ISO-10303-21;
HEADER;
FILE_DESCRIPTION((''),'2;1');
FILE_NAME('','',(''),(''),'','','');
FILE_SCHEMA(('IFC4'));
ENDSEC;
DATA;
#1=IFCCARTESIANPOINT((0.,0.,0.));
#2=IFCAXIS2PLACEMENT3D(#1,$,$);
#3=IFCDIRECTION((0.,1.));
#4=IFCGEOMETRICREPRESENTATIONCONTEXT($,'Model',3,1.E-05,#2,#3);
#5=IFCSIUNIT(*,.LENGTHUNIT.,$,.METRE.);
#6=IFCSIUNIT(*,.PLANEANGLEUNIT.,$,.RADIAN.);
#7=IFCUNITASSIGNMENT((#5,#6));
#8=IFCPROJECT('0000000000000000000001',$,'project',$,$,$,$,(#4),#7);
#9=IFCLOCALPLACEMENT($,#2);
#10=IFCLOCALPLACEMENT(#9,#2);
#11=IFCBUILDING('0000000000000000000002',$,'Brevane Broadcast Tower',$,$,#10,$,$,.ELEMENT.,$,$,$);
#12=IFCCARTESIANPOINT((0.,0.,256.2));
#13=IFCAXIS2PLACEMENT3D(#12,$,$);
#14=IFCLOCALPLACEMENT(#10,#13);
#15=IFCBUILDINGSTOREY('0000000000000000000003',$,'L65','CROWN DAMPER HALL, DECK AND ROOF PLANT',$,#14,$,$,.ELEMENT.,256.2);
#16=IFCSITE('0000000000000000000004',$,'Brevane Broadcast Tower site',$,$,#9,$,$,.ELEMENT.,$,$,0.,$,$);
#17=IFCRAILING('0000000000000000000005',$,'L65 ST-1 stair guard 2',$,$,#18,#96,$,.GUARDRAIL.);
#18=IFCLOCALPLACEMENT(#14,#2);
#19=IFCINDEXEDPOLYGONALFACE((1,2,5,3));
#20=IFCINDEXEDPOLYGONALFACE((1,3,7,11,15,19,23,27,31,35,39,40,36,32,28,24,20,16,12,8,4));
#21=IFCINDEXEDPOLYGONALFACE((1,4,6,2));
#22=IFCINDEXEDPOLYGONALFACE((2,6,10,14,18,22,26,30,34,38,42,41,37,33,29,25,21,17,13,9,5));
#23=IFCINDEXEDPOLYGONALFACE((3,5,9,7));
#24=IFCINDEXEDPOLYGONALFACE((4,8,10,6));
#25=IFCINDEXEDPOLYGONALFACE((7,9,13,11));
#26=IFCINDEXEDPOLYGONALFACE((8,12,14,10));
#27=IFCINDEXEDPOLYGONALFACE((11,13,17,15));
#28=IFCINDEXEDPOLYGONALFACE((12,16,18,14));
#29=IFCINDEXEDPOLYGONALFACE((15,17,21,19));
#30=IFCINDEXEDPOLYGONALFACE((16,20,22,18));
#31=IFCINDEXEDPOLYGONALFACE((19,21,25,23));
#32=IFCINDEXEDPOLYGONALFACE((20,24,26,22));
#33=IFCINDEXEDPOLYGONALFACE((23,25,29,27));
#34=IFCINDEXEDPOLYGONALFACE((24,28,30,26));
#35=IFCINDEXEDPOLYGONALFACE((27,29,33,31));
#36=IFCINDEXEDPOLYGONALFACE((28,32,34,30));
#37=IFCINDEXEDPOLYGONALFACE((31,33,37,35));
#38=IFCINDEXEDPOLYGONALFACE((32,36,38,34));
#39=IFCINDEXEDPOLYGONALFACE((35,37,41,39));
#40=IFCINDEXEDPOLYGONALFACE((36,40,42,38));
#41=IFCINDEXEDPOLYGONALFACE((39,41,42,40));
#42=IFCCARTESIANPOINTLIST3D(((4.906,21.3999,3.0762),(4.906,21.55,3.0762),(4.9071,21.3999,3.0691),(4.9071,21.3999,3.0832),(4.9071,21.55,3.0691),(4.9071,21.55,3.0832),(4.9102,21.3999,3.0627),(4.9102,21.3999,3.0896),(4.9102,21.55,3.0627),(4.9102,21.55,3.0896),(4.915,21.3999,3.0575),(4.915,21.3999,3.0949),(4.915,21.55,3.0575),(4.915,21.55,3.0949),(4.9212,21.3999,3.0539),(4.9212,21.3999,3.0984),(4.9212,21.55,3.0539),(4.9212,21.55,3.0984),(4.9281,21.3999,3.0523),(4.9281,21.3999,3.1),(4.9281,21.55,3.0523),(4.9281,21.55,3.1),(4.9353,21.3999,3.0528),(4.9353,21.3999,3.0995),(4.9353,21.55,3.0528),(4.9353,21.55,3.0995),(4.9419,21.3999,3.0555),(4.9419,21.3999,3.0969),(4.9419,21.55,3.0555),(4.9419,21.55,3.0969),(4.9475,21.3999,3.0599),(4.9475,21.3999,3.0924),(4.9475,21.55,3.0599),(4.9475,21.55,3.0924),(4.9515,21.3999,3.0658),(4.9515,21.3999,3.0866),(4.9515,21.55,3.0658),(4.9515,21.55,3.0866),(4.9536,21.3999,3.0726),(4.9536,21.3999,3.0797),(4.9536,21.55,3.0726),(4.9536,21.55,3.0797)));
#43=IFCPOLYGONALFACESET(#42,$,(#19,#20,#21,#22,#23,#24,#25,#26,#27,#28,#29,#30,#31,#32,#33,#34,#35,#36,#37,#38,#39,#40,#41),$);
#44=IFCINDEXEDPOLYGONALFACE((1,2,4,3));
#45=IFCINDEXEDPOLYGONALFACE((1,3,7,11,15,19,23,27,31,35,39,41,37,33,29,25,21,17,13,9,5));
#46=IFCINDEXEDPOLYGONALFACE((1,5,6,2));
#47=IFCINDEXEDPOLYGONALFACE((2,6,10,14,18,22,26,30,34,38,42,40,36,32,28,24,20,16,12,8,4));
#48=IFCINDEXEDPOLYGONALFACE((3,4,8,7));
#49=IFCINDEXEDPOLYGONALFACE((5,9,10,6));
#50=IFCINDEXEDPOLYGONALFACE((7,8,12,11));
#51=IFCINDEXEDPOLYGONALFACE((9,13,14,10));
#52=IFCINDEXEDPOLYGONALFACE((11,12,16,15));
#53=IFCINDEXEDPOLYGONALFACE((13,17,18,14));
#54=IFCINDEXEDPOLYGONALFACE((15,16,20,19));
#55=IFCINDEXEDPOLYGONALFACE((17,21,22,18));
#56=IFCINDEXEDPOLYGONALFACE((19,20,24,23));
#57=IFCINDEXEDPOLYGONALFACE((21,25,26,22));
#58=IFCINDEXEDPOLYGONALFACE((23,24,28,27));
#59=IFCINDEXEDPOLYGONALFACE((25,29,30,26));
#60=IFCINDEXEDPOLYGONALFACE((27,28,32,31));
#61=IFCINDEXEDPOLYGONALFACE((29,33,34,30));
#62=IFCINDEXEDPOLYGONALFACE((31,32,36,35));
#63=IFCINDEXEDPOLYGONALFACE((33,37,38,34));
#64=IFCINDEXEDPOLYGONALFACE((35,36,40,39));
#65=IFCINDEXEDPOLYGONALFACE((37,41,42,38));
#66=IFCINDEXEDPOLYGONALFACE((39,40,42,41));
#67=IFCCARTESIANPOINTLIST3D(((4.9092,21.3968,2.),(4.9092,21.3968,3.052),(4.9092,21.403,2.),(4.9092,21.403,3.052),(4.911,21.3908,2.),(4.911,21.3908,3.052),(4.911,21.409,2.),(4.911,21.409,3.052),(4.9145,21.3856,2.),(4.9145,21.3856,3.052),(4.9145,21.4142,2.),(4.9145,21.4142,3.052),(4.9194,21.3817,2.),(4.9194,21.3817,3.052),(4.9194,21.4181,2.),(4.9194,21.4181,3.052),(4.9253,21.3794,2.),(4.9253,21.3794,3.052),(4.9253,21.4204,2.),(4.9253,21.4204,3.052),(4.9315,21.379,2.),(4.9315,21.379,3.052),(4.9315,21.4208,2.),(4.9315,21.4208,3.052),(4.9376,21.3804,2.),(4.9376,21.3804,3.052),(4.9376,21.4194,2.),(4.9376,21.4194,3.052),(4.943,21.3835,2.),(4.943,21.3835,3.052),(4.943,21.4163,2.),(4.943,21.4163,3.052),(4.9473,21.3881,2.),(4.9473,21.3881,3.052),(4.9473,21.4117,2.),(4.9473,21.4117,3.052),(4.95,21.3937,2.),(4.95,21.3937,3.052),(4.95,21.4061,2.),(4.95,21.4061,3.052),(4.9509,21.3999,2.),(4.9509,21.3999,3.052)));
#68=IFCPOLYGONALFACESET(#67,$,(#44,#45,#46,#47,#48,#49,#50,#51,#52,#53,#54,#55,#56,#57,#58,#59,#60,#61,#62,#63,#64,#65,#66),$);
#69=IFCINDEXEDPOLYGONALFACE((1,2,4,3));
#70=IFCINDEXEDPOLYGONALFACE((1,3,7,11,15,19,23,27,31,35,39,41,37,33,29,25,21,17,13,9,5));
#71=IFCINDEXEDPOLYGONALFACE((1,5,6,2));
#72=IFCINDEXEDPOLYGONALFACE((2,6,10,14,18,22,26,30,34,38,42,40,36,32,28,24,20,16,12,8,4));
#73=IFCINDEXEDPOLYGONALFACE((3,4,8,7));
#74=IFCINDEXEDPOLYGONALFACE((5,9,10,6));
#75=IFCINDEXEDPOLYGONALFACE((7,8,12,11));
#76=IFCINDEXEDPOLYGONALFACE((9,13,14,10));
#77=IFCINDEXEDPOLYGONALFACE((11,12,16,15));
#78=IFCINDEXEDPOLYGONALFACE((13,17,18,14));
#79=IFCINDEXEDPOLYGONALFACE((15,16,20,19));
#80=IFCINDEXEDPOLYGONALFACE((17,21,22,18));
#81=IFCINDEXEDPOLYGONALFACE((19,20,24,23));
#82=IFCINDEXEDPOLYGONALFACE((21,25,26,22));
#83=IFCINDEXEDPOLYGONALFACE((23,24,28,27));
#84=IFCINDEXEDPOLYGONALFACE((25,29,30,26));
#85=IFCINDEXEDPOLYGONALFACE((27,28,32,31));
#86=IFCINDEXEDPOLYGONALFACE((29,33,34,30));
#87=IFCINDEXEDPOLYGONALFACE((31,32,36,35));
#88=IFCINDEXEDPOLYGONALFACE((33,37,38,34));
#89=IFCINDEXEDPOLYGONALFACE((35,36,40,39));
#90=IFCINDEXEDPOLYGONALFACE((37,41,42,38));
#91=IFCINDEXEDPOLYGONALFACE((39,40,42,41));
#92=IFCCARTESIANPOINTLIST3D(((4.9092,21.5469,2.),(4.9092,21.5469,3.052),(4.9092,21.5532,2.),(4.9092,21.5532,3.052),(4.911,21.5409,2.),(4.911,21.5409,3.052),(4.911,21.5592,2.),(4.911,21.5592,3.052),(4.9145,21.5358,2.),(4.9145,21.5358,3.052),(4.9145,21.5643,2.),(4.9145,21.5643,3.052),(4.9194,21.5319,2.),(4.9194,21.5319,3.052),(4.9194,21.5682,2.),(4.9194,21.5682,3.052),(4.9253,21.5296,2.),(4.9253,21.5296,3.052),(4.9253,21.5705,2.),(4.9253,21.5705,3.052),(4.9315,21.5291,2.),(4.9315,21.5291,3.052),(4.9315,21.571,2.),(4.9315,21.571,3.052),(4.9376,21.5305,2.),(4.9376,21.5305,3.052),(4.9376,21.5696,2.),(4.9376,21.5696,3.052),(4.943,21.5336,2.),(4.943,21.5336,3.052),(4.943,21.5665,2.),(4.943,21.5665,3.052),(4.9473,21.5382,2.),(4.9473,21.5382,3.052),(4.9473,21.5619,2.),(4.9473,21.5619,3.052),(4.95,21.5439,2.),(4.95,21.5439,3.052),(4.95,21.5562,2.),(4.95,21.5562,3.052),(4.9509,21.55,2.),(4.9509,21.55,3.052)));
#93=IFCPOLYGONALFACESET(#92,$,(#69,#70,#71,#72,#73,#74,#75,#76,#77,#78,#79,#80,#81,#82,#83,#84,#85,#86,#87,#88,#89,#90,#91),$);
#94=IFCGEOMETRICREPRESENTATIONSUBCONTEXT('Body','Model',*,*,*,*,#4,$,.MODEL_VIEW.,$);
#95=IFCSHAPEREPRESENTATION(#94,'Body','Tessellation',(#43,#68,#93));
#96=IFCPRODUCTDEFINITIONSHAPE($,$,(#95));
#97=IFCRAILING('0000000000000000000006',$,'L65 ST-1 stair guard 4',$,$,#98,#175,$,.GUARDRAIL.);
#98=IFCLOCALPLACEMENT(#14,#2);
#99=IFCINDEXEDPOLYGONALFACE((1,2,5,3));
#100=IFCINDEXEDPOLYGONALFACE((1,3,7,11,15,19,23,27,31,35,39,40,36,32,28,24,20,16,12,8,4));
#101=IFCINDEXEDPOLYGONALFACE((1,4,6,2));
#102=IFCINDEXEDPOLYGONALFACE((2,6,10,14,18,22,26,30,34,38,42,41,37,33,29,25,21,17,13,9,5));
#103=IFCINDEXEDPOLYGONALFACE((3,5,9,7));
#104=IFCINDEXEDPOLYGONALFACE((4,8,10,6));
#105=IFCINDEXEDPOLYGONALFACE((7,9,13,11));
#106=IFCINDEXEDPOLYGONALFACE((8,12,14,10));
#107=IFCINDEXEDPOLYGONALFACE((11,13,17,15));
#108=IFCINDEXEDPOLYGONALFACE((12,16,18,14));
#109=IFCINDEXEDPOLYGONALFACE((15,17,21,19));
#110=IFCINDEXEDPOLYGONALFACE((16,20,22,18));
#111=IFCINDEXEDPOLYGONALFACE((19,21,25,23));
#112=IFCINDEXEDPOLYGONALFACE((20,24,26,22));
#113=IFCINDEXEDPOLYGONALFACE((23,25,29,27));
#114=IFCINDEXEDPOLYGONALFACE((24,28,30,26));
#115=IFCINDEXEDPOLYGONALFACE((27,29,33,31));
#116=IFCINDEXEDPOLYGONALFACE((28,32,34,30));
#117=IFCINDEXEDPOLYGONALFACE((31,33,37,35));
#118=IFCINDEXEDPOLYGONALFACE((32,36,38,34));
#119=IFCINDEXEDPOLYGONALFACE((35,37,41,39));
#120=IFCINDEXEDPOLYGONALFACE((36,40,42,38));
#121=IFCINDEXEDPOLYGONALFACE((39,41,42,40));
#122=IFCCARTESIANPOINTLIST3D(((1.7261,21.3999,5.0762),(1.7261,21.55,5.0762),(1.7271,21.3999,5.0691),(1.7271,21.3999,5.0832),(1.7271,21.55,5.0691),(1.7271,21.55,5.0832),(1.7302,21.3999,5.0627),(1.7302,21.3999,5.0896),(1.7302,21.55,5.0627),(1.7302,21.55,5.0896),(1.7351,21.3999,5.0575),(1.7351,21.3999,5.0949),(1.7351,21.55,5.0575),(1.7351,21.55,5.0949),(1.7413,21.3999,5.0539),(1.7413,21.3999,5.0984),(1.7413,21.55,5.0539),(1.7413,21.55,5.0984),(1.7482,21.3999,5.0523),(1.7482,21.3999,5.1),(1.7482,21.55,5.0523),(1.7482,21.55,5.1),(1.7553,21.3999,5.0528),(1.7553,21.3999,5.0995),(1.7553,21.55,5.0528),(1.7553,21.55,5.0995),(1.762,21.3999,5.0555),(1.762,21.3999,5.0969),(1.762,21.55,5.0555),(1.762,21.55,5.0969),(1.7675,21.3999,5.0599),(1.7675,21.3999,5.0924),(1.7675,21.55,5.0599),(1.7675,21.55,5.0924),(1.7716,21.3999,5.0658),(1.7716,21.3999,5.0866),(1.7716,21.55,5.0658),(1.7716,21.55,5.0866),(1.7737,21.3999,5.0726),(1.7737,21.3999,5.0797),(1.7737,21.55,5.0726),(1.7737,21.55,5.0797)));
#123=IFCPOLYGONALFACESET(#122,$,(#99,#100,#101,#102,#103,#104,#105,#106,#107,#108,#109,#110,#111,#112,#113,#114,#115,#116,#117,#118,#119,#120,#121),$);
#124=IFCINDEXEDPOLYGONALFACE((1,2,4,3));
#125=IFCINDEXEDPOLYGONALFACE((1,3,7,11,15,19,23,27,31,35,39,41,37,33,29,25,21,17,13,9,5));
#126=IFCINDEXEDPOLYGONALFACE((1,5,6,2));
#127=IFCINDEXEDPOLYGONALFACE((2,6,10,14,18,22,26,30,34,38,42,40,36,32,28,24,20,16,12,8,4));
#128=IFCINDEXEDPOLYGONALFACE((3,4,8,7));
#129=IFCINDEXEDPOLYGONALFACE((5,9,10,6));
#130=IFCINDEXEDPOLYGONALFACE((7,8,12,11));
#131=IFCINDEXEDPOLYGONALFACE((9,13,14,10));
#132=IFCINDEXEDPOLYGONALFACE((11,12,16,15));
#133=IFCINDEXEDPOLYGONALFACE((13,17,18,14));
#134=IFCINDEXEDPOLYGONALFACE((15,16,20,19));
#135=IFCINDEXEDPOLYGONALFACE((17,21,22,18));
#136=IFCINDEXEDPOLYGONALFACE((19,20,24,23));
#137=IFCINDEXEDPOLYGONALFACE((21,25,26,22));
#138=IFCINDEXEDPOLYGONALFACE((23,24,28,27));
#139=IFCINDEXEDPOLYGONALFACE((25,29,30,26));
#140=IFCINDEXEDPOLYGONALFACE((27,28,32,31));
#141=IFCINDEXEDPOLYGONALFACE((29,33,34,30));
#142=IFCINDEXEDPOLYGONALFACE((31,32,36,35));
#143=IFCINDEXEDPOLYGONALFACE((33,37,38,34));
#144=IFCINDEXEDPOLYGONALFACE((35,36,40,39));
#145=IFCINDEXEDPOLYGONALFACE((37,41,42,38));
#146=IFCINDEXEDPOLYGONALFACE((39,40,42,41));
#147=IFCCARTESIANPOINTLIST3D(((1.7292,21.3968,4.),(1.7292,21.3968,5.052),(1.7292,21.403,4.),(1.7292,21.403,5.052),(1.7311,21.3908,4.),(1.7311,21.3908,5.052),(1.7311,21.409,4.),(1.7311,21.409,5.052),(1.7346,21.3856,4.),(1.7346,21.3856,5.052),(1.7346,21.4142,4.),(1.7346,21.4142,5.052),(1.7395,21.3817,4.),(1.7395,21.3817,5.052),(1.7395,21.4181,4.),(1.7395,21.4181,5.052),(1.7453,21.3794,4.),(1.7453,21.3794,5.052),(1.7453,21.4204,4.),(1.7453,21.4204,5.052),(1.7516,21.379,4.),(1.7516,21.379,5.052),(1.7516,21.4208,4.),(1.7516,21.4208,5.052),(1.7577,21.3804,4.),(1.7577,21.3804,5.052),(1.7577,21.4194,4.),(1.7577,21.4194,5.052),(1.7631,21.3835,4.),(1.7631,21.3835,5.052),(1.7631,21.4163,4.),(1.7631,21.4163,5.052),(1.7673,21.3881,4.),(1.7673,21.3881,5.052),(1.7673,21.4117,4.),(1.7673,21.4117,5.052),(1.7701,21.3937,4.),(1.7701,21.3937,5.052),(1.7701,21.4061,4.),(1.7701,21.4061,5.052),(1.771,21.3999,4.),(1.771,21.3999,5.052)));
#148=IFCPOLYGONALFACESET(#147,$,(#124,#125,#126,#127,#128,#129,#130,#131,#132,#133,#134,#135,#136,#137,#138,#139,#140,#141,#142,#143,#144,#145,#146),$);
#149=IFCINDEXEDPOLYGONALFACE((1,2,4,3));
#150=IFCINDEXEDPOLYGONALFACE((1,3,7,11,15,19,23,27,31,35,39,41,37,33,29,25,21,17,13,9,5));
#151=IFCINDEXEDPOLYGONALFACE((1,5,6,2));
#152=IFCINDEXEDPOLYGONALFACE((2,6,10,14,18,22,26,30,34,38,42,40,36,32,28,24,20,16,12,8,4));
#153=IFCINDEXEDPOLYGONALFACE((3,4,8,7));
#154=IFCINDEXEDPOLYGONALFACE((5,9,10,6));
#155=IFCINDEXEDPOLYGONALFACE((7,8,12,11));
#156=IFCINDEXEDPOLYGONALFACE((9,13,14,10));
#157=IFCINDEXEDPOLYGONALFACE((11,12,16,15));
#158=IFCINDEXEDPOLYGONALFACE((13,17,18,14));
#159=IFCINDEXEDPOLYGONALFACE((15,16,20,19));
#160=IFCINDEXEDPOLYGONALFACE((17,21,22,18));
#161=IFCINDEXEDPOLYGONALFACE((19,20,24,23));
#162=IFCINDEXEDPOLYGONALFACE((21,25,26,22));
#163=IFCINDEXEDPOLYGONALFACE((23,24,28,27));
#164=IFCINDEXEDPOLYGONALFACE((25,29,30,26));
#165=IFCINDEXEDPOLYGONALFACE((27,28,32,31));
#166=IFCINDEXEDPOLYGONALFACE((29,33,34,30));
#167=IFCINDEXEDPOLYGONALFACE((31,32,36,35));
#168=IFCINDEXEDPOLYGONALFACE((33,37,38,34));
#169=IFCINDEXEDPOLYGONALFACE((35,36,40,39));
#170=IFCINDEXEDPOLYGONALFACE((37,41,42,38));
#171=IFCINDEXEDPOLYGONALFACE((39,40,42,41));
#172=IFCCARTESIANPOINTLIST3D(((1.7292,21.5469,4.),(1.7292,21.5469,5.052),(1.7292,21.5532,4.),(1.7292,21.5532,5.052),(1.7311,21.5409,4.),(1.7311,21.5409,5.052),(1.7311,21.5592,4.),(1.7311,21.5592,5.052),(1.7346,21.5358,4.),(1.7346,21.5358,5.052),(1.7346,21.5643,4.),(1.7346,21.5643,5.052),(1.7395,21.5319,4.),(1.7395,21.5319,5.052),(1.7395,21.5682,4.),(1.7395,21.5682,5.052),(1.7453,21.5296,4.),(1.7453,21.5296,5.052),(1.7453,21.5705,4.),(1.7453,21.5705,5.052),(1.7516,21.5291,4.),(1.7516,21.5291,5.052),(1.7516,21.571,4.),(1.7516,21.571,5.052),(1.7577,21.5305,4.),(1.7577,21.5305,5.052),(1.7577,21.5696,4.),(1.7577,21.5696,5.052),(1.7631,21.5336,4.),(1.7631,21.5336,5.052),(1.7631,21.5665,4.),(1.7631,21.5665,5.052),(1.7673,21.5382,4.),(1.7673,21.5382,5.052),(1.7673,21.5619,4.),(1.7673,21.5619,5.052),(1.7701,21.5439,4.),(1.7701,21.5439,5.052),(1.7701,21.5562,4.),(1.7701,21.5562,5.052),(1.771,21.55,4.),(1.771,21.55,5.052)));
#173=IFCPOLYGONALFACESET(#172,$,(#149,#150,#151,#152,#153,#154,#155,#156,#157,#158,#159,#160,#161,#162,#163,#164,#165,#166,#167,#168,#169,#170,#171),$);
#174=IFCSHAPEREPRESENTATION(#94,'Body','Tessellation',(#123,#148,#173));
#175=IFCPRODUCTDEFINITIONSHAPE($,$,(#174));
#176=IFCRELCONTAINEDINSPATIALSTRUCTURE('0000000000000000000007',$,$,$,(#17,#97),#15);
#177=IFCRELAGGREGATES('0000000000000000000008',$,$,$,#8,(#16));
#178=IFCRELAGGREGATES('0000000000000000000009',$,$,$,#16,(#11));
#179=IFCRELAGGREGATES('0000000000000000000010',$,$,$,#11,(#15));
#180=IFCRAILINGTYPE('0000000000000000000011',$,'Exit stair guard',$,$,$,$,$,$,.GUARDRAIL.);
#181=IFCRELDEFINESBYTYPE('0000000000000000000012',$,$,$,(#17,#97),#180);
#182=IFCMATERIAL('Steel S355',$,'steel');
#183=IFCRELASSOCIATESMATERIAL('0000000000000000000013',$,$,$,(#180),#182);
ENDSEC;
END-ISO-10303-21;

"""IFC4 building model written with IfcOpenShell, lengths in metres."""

from ifc_helpers import new_model, si_unit, direction, frame, origin, origin_2d, place, context, subcontext, project, spatial, circle, extrude, material, type_object, element, save


model = new_model("IFC4")

# Units and contexts
model_context = context("Model", 3, precision=1e-05, world=origin(), true_north=direction((0.0, 1.0)))
body_context = subcontext(model_context, "Body", "Model", "MODEL_VIEW")
ifc_project = project(units=[si_unit("LENGTHUNIT", "METRE"), si_unit("PLANEANGLEUNIT", "RADIAN")], contexts=[model_context])

# Site, building, storey
site_placement = place(None, origin())
site = spatial("IfcSite", under=ifc_project, at=site_placement, Name="Brevane Broadcast Tower site", CompositionType="ELEMENT", RefElevation=0.0)
building_placement = place(site_placement, origin())
building = spatial("IfcBuilding", under=site, at=building_placement, Name="Brevane Broadcast Tower", CompositionType="ELEMENT")
storey_placement = place(building_placement, frame((0.0, 0.0, 256.2)))
storey = spatial("IfcBuildingStorey", under=building, at=storey_placement, Name="L65", Description="CROWN DAMPER HALL, DECK AND ROOF PLANT", CompositionType="ELEMENT", Elevation=256.2)

# Railings
ifc_material_1 = material(Name="Steel S355", Category="steel")
railing_type_1 = type_object("IfcRailingType", Name="Exit stair guard", PredefinedType="GUARDRAIL", material=ifc_material_1)
for number, where, name in (
    (1, (4.9299, 21.3999, 2.0), "L65 ST-1 stair guard 2"),
    (2, (1.75, 21.3999, 4.0), "L65 ST-1 stair guard 4"),
):
    element("IfcRailing", number, at=place(storey_placement, frame(where)), inside=storey, type_object=railing_type_1, Name=name, PredefinedType="GUARDRAIL", context=body_context, shape_type="SweptSolid", body=[
        extrude(circle(Radius=0.0239, at=origin_2d()), frame((0.0, 0.0, 1.0762), z_axis=(0.0, 1.0, 0.0), x_axis=(-1.0, 0.0, 0.0)), (0.0, 0.0, 1.0), 0.1501),
        extrude(circle(Radius=0.021, at=origin_2d()), origin(), (0.0, 0.0, 1.0), 1.052),
        extrude(circle(Radius=0.021, at=origin_2d()), frame((0.0, 0.1501, 0.0)), (0.0, 0.0, 1.0), 1.052),
    ])

save(model, "model.ifc")
